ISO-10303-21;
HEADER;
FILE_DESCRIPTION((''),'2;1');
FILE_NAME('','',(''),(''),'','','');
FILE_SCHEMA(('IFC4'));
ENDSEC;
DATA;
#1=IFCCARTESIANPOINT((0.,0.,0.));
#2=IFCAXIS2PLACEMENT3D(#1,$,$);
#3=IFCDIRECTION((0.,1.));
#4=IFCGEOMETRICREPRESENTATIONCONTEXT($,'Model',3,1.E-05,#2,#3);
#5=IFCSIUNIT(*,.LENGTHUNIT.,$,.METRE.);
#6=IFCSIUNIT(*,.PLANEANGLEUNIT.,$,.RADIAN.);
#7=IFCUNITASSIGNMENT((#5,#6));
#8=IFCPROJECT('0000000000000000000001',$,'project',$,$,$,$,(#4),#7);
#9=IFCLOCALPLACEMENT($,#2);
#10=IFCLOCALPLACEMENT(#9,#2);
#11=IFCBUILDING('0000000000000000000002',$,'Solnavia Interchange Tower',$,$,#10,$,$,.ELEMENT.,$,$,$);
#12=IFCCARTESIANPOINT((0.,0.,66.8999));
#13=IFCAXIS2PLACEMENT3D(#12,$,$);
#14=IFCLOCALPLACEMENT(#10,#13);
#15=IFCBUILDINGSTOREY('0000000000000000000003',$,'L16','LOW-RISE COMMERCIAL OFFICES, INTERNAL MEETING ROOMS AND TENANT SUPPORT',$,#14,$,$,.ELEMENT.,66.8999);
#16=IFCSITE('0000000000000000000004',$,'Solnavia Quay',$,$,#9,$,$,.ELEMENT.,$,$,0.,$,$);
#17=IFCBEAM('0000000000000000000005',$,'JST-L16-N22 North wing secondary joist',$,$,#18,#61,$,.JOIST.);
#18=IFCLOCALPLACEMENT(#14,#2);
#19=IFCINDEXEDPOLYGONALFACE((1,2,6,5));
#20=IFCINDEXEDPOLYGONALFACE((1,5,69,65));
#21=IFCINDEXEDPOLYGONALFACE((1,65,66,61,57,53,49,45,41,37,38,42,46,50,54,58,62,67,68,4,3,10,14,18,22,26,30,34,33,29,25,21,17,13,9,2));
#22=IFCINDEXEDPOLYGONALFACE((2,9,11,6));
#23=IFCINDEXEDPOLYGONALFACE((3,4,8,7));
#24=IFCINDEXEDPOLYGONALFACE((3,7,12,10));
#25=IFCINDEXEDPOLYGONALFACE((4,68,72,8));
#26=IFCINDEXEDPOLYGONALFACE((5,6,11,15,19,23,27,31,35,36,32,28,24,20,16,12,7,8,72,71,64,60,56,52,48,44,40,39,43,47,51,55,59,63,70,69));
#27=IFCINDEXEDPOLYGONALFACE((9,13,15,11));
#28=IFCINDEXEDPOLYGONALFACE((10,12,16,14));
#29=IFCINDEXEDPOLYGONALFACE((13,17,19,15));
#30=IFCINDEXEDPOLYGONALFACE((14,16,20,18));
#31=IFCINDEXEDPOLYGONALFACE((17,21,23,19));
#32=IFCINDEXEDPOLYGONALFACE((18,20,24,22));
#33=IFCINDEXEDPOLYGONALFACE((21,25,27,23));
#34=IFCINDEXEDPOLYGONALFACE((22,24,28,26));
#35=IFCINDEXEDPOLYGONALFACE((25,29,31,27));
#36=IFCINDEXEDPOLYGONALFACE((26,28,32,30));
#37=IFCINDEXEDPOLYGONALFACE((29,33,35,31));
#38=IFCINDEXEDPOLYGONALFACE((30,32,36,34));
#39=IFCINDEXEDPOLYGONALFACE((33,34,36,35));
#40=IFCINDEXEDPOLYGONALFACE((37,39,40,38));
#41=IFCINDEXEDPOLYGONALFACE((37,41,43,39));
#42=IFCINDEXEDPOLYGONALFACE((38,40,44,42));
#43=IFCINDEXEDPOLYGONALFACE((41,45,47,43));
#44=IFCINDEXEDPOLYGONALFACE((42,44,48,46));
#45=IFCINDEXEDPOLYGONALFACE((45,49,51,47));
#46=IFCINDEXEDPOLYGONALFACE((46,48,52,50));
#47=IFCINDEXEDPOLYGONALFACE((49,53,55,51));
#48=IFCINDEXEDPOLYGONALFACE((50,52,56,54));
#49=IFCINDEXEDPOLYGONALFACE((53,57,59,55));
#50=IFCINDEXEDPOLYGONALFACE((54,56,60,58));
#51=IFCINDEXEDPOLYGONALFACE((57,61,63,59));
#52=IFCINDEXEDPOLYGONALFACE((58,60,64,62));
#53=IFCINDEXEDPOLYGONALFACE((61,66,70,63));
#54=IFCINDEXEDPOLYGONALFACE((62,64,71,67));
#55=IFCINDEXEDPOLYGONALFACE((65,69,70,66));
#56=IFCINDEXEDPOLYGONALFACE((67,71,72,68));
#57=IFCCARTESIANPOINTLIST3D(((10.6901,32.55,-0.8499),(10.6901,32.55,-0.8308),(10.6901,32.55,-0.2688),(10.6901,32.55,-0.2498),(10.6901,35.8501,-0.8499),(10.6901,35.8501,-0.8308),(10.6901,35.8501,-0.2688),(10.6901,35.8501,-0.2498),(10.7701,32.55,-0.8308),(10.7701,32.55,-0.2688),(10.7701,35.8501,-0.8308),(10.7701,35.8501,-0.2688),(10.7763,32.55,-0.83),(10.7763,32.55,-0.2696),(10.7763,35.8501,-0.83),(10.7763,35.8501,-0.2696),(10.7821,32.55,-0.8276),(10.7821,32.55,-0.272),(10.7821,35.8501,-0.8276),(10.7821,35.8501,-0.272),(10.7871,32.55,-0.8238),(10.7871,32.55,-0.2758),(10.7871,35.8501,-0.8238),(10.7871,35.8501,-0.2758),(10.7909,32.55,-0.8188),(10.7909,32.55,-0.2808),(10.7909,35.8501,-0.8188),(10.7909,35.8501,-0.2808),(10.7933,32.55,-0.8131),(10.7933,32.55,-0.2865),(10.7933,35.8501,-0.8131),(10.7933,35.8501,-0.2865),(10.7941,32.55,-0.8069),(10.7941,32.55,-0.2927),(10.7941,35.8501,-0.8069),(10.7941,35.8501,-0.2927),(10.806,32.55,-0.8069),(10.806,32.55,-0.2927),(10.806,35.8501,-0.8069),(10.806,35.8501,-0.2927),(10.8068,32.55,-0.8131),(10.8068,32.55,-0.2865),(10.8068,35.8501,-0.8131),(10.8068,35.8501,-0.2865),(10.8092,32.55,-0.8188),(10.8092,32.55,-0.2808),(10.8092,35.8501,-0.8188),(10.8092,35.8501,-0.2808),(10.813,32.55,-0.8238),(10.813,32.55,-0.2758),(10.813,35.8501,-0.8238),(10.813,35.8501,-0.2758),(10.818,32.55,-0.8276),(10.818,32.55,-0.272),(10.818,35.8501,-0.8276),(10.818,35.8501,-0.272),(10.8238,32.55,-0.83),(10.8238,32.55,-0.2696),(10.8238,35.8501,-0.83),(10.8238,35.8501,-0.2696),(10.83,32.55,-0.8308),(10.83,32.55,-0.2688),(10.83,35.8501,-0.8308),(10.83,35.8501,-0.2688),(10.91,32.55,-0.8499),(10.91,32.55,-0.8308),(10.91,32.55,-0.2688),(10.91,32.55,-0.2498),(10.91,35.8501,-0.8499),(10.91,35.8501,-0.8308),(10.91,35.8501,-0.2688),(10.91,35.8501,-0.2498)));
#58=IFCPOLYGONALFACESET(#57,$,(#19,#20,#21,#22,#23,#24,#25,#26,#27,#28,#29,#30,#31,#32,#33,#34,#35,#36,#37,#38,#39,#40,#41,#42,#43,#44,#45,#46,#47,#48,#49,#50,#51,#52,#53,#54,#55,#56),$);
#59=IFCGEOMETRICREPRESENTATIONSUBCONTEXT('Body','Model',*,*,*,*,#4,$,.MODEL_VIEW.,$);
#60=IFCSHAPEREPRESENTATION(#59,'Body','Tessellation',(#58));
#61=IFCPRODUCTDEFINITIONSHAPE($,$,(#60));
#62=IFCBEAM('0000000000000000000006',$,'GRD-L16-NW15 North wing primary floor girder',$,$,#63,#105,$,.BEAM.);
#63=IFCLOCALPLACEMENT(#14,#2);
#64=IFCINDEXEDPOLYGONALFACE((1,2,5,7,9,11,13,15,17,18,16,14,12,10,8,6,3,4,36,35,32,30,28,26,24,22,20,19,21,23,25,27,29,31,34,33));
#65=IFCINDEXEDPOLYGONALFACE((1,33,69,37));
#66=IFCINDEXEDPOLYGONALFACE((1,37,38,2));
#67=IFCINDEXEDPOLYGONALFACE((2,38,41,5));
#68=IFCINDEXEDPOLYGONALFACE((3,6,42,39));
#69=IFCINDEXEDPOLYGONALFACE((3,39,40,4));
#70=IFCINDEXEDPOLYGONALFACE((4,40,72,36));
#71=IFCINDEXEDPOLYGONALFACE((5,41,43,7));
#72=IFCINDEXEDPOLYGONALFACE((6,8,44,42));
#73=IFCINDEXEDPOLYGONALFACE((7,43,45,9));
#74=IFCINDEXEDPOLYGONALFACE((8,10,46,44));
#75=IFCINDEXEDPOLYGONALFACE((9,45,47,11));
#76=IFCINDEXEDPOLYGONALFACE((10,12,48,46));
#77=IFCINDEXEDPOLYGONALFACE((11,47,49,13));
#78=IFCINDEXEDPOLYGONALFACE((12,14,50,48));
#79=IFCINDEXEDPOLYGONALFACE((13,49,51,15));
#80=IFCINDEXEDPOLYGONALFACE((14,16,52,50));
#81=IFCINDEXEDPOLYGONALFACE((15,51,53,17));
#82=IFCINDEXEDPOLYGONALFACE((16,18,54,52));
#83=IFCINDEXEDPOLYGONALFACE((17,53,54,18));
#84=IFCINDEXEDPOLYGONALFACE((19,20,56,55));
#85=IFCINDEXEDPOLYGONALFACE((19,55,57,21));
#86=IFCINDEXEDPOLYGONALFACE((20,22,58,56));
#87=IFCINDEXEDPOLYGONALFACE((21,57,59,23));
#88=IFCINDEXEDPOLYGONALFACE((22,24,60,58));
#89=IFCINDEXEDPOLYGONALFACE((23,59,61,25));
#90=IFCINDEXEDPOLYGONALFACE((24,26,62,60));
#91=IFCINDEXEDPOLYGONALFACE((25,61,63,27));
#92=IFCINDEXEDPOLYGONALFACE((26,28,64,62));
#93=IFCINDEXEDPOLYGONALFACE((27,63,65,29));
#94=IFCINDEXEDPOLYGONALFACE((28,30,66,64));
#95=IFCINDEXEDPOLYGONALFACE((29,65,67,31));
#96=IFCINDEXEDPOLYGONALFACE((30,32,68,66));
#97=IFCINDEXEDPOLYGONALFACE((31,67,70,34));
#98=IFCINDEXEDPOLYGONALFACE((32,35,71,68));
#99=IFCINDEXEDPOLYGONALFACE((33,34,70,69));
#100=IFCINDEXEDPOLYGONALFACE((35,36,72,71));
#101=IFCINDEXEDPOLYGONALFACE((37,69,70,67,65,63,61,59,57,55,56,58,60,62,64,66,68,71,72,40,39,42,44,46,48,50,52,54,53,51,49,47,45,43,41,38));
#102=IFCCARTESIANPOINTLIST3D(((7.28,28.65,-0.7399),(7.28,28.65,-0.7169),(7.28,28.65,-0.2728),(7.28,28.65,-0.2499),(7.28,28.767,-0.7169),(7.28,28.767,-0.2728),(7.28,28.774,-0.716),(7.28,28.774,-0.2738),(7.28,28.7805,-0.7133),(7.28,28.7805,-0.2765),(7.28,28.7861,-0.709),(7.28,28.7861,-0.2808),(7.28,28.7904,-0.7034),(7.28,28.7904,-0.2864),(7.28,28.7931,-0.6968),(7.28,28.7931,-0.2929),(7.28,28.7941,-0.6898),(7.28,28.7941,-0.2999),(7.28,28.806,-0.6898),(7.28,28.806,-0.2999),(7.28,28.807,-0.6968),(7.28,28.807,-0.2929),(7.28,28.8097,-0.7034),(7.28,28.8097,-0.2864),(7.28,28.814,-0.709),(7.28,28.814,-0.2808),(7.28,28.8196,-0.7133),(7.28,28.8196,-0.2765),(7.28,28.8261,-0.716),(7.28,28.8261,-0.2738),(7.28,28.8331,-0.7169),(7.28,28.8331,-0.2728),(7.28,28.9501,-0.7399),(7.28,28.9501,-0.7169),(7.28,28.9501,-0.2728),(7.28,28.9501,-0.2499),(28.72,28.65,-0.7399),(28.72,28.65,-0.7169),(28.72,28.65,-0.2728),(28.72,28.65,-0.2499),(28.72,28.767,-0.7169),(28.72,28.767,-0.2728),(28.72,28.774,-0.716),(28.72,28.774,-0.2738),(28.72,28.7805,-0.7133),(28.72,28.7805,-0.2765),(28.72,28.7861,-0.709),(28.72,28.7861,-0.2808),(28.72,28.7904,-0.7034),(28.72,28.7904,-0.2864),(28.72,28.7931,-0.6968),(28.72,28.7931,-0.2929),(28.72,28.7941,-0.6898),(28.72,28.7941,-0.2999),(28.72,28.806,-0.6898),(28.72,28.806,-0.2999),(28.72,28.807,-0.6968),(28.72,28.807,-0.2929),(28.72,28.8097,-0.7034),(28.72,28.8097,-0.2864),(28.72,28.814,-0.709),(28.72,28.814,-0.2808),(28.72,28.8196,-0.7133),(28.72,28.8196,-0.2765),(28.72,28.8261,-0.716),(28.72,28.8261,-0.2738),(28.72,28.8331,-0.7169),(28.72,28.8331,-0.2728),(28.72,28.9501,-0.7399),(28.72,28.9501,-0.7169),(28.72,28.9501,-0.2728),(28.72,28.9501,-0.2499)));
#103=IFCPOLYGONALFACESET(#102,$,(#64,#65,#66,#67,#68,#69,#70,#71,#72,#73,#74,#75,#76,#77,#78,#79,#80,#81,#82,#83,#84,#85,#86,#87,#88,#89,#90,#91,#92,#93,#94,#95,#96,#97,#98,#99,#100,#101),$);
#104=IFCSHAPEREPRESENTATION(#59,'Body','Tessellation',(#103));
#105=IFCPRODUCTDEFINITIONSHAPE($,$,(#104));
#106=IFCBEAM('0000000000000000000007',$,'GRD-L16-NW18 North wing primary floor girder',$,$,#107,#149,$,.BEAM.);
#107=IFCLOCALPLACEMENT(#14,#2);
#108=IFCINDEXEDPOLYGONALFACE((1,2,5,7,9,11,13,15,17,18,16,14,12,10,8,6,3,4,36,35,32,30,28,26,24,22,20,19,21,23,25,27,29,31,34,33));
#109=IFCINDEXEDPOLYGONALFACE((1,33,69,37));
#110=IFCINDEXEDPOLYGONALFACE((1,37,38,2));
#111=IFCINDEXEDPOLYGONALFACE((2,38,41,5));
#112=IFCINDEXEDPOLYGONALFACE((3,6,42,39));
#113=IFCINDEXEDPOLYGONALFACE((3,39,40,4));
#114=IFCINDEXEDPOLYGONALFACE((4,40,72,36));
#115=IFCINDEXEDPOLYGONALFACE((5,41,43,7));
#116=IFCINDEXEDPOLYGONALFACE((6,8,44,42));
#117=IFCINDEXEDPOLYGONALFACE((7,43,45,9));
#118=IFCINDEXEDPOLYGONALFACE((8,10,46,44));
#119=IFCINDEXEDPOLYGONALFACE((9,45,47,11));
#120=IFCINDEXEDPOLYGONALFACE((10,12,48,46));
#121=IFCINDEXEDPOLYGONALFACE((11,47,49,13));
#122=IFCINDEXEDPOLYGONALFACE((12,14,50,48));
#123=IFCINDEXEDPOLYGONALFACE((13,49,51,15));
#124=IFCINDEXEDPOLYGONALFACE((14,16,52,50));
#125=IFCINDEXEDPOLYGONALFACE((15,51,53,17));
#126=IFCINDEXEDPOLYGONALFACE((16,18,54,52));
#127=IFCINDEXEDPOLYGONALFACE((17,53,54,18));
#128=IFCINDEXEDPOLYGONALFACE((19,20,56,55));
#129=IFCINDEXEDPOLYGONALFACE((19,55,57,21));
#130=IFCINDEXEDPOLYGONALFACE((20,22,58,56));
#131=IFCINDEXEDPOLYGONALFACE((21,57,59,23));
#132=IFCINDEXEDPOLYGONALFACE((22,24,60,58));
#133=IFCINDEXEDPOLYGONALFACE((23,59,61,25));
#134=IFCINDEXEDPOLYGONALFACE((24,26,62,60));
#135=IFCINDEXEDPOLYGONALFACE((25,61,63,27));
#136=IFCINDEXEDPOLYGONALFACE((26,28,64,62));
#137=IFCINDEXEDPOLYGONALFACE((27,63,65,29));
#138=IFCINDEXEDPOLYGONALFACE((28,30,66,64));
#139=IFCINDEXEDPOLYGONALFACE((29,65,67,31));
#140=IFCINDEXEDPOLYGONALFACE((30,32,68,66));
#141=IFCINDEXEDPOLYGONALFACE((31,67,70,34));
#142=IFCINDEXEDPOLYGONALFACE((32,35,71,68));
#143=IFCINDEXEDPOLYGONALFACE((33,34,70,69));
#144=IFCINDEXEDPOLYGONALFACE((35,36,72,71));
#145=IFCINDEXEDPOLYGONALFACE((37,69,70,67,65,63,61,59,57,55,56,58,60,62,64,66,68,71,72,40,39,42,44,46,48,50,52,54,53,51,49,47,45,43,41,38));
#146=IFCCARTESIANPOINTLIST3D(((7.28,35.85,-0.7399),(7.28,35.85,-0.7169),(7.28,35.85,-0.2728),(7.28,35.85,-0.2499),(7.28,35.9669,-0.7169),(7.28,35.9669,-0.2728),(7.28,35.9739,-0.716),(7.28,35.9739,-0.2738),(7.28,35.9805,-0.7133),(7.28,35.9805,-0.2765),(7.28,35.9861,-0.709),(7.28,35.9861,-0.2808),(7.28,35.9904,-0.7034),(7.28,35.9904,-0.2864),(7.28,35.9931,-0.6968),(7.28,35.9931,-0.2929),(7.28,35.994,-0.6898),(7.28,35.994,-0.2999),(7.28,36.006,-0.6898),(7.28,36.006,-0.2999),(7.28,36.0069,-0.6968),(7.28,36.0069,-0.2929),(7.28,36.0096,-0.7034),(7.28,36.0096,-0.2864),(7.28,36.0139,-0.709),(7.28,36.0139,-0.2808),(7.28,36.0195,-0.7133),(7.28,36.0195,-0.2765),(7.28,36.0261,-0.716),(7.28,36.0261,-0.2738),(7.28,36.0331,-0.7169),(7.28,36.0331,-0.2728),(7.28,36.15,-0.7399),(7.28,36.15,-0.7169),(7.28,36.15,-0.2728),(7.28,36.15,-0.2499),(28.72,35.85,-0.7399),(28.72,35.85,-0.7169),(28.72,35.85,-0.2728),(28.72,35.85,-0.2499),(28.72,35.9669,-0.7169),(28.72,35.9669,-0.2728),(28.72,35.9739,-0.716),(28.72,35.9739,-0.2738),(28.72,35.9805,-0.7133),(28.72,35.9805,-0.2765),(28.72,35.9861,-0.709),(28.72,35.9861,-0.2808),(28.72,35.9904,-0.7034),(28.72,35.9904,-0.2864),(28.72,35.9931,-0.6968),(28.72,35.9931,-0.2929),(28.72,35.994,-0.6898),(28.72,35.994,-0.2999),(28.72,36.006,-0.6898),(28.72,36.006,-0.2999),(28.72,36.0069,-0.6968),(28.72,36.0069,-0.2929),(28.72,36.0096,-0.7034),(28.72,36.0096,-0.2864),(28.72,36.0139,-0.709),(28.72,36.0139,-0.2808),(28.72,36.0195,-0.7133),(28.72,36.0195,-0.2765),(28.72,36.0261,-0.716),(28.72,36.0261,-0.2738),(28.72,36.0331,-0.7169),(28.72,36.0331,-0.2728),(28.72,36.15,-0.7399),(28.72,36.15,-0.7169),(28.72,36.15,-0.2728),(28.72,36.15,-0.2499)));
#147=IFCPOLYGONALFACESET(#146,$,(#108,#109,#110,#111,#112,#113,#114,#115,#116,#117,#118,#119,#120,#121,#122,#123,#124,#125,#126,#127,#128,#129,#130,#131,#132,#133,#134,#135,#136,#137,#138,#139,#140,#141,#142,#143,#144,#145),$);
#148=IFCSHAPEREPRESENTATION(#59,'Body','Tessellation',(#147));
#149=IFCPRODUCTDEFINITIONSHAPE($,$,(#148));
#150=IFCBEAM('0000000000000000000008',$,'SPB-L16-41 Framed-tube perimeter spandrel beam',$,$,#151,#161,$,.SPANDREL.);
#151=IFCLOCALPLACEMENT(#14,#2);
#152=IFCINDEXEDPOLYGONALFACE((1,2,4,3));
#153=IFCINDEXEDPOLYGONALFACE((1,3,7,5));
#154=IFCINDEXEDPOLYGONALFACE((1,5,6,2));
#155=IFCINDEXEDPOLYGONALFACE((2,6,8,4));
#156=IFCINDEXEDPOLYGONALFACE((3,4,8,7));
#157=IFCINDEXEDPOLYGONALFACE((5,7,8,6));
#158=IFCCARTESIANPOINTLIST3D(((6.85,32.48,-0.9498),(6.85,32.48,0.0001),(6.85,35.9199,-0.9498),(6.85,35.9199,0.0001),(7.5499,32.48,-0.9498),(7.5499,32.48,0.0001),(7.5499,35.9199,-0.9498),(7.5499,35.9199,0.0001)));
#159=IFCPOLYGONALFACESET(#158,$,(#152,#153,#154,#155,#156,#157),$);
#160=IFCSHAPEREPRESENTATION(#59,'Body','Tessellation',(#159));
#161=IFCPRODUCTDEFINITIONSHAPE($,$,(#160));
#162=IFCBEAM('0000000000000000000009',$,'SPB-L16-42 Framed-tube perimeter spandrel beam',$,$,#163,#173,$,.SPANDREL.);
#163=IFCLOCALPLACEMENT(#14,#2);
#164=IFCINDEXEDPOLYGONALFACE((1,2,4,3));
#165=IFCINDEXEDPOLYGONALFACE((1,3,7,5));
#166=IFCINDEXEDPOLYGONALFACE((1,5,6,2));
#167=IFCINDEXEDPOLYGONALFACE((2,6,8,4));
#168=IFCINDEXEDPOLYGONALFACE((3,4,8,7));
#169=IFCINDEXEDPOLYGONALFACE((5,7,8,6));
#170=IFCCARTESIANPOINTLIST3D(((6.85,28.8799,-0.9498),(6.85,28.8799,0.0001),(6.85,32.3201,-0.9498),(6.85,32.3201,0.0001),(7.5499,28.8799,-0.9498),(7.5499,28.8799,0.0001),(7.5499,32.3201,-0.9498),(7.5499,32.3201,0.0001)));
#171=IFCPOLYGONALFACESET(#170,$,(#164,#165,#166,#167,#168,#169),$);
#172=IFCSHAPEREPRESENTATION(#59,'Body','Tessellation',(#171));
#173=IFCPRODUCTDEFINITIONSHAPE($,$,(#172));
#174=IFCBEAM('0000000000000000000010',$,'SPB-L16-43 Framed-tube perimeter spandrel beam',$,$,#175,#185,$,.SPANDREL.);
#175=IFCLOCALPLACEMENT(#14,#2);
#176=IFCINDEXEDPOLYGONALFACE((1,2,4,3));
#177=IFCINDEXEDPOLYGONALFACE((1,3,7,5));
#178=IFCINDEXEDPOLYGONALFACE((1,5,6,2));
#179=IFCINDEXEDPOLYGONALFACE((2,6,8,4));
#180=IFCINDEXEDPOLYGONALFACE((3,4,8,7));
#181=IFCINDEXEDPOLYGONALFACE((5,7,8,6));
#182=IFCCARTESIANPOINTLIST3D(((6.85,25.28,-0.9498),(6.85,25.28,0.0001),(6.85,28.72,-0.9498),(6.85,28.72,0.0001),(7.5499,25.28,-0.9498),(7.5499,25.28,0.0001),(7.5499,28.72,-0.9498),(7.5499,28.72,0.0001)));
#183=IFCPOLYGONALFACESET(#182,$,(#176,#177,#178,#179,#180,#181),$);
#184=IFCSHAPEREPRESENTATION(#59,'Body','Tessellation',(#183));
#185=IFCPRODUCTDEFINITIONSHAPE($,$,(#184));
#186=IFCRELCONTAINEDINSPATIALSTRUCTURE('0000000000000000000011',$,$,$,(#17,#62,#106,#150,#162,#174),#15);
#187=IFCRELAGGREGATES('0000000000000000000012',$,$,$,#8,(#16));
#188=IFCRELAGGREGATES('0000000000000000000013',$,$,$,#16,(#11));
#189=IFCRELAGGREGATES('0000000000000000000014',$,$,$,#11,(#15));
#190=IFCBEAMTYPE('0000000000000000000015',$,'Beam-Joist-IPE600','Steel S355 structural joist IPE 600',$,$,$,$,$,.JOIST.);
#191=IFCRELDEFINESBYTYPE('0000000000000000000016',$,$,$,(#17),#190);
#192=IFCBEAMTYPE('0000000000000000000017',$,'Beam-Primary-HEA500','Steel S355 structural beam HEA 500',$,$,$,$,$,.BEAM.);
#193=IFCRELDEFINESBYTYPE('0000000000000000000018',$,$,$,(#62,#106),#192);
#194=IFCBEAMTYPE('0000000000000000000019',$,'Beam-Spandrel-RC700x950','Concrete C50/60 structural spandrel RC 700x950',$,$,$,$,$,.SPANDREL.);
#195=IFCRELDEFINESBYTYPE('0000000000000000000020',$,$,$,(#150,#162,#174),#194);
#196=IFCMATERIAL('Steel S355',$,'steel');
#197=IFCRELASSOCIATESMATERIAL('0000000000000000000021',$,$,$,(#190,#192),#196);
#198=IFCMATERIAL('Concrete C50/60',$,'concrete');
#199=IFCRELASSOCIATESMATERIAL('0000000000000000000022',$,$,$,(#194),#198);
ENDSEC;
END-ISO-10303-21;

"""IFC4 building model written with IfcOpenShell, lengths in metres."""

from ifc_helpers import new_model, si_unit, direction, frame, origin, origin_2d, place, context, subcontext, project, spatial, rectangle, i_section, extrude, material, material_profile, profile_set, type_object, element, save


model = new_model("IFC4")

# Units and contexts
model_context = context("Model", 3, precision=1e-05, world=origin(), true_north=direction((0.0, 1.0)))
body_context = subcontext(model_context, "Body", "Model", "MODEL_VIEW")
ifc_project = project(units=[si_unit("LENGTHUNIT", "METRE"), si_unit("PLANEANGLEUNIT", "RADIAN")], contexts=[model_context])

# Site, building, storey
site_placement = place(None, origin())
site = spatial("IfcSite", under=ifc_project, at=site_placement, Name="Solnavia Quay", CompositionType="ELEMENT", RefElevation=0.0)
building_placement = place(site_placement, origin())
building = spatial("IfcBuilding", under=site, at=building_placement, Name="Solnavia Interchange Tower", CompositionType="ELEMENT")
storey_placement = place(building_placement, frame((0.0, 0.0, 66.8999)))
storey = spatial("IfcBuildingStorey", under=building, at=storey_placement, Name="L16", Description="LOW-RISE COMMERCIAL OFFICES, INTERNAL MEETING ROOMS AND TENANT SUPPORT", CompositionType="ELEMENT", Elevation=66.8999)

# Beams
ifc_material_1 = material(Name="Steel S355", Category="steel")
ifc_material_profile_1 = material_profile(ifc_material_1, i_section(OverallWidth=0.22, OverallDepth=0.6001, WebThickness=0.012, FlangeThickness=0.019, FilletRadius=0.0239, at=origin_2d()), Name="IPE 600")
ifc_profile_set_1 = profile_set([ifc_material_profile_1], Name="Steel S355")
beam_type_1 = type_object("IfcBeamType", Name="Beam-Joist-IPE600", Description="Steel S355 structural joist IPE 600", PredefinedType="JOIST", material=ifc_profile_set_1)
beam_1_placement = place(storey_placement, frame((10.8, 32.55, -0.5498), z_axis=(0.0, 1.0, 0.0), x_axis=(-1.0, 0.0, 0.0)))
element("IfcBeam", 1, at=beam_1_placement, inside=storey, type_object=beam_type_1, Name="JST-L16-N22 North wing secondary joist", PredefinedType="JOIST", context=body_context, shape_type="SweptSolid", body=[
    extrude(i_section(OverallWidth=0.22, OverallDepth=0.6001, WebThickness=0.012, FlangeThickness=0.019, FilletRadius=0.0239, at=origin_2d()), origin(), (0.0, 0.0, 1.0), 3.3),
])
ifc_material_profile_2 = material_profile(ifc_material_1, i_section(OverallWidth=0.3, OverallDepth=0.49, WebThickness=0.012, FlangeThickness=0.0229, FilletRadius=0.0271, at=origin_2d()), Name="HEA 500")
ifc_profile_set_2 = profile_set([ifc_material_profile_2], Name="Steel S355")
beam_type_2 = type_object("IfcBeamType", Name="Beam-Primary-HEA500", Description="Steel S355 structural beam HEA 500", PredefinedType="BEAM", material=ifc_profile_set_2)
for number, where, z_axis, x_axis, name in (
    (2, (7.28, 28.8, -0.4949), (1.0, 0.0, 0.0), (0.0, 1.0, 0.0), "GRD-L16-NW15 North wing primary floor girder"),
    (3, (7.28, 36.0, -0.4949), (1.0, 0.0, 0.0), (0.0, 1.0, 0.0), "GRD-L16-NW18 North wing primary floor girder"),
):
    element("IfcBeam", number, at=place(storey_placement, frame(where, z_axis=z_axis, x_axis=x_axis)), inside=storey, type_object=beam_type_2, Name=name, PredefinedType="BEAM", context=body_context, shape_type="SweptSolid", body=[
        extrude(i_section(OverallWidth=0.3, OverallDepth=0.49, WebThickness=0.012, FlangeThickness=0.0229, FilletRadius=0.0271, at=origin_2d()), origin(), (0.0, 0.0, 1.0), 21.4399),
    ])
ifc_material_2 = material(Name="Concrete C50/60", Category="concrete")
ifc_material_profile_3 = material_profile(ifc_material_2, rectangle(XDim=0.7, YDim=0.95, at=origin_2d()), Name="RC 700x950")
ifc_profile_set_3 = profile_set([ifc_material_profile_3], Name="Concrete C50/60")
beam_type_3 = type_object("IfcBeamType", Name="Beam-Spandrel-RC700x950", Description="Concrete C50/60 structural spandrel RC 700x950", PredefinedType="SPANDREL", material=ifc_profile_set_3)
beam_2_placement = place(storey_placement, frame((7.2, 35.9199, -0.4749), z_axis=(0.0, -1.0, 0.0), x_axis=(1.0, 0.0, 0.0)))
element("IfcBeam", 4, at=beam_2_placement, inside=storey, type_object=beam_type_3, Name="SPB-L16-41 Framed-tube perimeter spandrel beam", PredefinedType="SPANDREL", context=body_context, shape_type="SweptSolid", body=[
    extrude(rectangle(XDim=0.7, YDim=0.95, at=origin_2d()), origin(), (0.0, 0.0, 1.0), 3.4399),
])
beam_3_placement = place(storey_placement, frame((7.2, 32.3201, -0.4749), z_axis=(0.0, -1.0, 0.0), x_axis=(1.0, 0.0, 0.0)))
element("IfcBeam", 5, at=beam_3_placement, inside=storey, type_object=beam_type_3, Name="SPB-L16-42 Framed-tube perimeter spandrel beam", PredefinedType="SPANDREL", context=body_context, shape_type="SweptSolid", body=[
    extrude(rectangle(XDim=0.7, YDim=0.95, at=origin_2d()), origin(), (0.0, 0.0, 1.0), 3.4402),
])
beam_4_placement = place(storey_placement, frame((7.2, 28.72, -0.4749), z_axis=(0.0, -1.0, 0.0), x_axis=(1.0, 0.0, 0.0)))
element("IfcBeam", 6, at=beam_4_placement, inside=storey, type_object=beam_type_3, Name="SPB-L16-43 Framed-tube perimeter spandrel beam", PredefinedType="SPANDREL", context=body_context, shape_type="SweptSolid", body=[
    extrude(rectangle(XDim=0.7, YDim=0.95, at=origin_2d()), origin(), (0.0, 0.0, 1.0), 3.4399),
])

save(model, "model.ifc")
